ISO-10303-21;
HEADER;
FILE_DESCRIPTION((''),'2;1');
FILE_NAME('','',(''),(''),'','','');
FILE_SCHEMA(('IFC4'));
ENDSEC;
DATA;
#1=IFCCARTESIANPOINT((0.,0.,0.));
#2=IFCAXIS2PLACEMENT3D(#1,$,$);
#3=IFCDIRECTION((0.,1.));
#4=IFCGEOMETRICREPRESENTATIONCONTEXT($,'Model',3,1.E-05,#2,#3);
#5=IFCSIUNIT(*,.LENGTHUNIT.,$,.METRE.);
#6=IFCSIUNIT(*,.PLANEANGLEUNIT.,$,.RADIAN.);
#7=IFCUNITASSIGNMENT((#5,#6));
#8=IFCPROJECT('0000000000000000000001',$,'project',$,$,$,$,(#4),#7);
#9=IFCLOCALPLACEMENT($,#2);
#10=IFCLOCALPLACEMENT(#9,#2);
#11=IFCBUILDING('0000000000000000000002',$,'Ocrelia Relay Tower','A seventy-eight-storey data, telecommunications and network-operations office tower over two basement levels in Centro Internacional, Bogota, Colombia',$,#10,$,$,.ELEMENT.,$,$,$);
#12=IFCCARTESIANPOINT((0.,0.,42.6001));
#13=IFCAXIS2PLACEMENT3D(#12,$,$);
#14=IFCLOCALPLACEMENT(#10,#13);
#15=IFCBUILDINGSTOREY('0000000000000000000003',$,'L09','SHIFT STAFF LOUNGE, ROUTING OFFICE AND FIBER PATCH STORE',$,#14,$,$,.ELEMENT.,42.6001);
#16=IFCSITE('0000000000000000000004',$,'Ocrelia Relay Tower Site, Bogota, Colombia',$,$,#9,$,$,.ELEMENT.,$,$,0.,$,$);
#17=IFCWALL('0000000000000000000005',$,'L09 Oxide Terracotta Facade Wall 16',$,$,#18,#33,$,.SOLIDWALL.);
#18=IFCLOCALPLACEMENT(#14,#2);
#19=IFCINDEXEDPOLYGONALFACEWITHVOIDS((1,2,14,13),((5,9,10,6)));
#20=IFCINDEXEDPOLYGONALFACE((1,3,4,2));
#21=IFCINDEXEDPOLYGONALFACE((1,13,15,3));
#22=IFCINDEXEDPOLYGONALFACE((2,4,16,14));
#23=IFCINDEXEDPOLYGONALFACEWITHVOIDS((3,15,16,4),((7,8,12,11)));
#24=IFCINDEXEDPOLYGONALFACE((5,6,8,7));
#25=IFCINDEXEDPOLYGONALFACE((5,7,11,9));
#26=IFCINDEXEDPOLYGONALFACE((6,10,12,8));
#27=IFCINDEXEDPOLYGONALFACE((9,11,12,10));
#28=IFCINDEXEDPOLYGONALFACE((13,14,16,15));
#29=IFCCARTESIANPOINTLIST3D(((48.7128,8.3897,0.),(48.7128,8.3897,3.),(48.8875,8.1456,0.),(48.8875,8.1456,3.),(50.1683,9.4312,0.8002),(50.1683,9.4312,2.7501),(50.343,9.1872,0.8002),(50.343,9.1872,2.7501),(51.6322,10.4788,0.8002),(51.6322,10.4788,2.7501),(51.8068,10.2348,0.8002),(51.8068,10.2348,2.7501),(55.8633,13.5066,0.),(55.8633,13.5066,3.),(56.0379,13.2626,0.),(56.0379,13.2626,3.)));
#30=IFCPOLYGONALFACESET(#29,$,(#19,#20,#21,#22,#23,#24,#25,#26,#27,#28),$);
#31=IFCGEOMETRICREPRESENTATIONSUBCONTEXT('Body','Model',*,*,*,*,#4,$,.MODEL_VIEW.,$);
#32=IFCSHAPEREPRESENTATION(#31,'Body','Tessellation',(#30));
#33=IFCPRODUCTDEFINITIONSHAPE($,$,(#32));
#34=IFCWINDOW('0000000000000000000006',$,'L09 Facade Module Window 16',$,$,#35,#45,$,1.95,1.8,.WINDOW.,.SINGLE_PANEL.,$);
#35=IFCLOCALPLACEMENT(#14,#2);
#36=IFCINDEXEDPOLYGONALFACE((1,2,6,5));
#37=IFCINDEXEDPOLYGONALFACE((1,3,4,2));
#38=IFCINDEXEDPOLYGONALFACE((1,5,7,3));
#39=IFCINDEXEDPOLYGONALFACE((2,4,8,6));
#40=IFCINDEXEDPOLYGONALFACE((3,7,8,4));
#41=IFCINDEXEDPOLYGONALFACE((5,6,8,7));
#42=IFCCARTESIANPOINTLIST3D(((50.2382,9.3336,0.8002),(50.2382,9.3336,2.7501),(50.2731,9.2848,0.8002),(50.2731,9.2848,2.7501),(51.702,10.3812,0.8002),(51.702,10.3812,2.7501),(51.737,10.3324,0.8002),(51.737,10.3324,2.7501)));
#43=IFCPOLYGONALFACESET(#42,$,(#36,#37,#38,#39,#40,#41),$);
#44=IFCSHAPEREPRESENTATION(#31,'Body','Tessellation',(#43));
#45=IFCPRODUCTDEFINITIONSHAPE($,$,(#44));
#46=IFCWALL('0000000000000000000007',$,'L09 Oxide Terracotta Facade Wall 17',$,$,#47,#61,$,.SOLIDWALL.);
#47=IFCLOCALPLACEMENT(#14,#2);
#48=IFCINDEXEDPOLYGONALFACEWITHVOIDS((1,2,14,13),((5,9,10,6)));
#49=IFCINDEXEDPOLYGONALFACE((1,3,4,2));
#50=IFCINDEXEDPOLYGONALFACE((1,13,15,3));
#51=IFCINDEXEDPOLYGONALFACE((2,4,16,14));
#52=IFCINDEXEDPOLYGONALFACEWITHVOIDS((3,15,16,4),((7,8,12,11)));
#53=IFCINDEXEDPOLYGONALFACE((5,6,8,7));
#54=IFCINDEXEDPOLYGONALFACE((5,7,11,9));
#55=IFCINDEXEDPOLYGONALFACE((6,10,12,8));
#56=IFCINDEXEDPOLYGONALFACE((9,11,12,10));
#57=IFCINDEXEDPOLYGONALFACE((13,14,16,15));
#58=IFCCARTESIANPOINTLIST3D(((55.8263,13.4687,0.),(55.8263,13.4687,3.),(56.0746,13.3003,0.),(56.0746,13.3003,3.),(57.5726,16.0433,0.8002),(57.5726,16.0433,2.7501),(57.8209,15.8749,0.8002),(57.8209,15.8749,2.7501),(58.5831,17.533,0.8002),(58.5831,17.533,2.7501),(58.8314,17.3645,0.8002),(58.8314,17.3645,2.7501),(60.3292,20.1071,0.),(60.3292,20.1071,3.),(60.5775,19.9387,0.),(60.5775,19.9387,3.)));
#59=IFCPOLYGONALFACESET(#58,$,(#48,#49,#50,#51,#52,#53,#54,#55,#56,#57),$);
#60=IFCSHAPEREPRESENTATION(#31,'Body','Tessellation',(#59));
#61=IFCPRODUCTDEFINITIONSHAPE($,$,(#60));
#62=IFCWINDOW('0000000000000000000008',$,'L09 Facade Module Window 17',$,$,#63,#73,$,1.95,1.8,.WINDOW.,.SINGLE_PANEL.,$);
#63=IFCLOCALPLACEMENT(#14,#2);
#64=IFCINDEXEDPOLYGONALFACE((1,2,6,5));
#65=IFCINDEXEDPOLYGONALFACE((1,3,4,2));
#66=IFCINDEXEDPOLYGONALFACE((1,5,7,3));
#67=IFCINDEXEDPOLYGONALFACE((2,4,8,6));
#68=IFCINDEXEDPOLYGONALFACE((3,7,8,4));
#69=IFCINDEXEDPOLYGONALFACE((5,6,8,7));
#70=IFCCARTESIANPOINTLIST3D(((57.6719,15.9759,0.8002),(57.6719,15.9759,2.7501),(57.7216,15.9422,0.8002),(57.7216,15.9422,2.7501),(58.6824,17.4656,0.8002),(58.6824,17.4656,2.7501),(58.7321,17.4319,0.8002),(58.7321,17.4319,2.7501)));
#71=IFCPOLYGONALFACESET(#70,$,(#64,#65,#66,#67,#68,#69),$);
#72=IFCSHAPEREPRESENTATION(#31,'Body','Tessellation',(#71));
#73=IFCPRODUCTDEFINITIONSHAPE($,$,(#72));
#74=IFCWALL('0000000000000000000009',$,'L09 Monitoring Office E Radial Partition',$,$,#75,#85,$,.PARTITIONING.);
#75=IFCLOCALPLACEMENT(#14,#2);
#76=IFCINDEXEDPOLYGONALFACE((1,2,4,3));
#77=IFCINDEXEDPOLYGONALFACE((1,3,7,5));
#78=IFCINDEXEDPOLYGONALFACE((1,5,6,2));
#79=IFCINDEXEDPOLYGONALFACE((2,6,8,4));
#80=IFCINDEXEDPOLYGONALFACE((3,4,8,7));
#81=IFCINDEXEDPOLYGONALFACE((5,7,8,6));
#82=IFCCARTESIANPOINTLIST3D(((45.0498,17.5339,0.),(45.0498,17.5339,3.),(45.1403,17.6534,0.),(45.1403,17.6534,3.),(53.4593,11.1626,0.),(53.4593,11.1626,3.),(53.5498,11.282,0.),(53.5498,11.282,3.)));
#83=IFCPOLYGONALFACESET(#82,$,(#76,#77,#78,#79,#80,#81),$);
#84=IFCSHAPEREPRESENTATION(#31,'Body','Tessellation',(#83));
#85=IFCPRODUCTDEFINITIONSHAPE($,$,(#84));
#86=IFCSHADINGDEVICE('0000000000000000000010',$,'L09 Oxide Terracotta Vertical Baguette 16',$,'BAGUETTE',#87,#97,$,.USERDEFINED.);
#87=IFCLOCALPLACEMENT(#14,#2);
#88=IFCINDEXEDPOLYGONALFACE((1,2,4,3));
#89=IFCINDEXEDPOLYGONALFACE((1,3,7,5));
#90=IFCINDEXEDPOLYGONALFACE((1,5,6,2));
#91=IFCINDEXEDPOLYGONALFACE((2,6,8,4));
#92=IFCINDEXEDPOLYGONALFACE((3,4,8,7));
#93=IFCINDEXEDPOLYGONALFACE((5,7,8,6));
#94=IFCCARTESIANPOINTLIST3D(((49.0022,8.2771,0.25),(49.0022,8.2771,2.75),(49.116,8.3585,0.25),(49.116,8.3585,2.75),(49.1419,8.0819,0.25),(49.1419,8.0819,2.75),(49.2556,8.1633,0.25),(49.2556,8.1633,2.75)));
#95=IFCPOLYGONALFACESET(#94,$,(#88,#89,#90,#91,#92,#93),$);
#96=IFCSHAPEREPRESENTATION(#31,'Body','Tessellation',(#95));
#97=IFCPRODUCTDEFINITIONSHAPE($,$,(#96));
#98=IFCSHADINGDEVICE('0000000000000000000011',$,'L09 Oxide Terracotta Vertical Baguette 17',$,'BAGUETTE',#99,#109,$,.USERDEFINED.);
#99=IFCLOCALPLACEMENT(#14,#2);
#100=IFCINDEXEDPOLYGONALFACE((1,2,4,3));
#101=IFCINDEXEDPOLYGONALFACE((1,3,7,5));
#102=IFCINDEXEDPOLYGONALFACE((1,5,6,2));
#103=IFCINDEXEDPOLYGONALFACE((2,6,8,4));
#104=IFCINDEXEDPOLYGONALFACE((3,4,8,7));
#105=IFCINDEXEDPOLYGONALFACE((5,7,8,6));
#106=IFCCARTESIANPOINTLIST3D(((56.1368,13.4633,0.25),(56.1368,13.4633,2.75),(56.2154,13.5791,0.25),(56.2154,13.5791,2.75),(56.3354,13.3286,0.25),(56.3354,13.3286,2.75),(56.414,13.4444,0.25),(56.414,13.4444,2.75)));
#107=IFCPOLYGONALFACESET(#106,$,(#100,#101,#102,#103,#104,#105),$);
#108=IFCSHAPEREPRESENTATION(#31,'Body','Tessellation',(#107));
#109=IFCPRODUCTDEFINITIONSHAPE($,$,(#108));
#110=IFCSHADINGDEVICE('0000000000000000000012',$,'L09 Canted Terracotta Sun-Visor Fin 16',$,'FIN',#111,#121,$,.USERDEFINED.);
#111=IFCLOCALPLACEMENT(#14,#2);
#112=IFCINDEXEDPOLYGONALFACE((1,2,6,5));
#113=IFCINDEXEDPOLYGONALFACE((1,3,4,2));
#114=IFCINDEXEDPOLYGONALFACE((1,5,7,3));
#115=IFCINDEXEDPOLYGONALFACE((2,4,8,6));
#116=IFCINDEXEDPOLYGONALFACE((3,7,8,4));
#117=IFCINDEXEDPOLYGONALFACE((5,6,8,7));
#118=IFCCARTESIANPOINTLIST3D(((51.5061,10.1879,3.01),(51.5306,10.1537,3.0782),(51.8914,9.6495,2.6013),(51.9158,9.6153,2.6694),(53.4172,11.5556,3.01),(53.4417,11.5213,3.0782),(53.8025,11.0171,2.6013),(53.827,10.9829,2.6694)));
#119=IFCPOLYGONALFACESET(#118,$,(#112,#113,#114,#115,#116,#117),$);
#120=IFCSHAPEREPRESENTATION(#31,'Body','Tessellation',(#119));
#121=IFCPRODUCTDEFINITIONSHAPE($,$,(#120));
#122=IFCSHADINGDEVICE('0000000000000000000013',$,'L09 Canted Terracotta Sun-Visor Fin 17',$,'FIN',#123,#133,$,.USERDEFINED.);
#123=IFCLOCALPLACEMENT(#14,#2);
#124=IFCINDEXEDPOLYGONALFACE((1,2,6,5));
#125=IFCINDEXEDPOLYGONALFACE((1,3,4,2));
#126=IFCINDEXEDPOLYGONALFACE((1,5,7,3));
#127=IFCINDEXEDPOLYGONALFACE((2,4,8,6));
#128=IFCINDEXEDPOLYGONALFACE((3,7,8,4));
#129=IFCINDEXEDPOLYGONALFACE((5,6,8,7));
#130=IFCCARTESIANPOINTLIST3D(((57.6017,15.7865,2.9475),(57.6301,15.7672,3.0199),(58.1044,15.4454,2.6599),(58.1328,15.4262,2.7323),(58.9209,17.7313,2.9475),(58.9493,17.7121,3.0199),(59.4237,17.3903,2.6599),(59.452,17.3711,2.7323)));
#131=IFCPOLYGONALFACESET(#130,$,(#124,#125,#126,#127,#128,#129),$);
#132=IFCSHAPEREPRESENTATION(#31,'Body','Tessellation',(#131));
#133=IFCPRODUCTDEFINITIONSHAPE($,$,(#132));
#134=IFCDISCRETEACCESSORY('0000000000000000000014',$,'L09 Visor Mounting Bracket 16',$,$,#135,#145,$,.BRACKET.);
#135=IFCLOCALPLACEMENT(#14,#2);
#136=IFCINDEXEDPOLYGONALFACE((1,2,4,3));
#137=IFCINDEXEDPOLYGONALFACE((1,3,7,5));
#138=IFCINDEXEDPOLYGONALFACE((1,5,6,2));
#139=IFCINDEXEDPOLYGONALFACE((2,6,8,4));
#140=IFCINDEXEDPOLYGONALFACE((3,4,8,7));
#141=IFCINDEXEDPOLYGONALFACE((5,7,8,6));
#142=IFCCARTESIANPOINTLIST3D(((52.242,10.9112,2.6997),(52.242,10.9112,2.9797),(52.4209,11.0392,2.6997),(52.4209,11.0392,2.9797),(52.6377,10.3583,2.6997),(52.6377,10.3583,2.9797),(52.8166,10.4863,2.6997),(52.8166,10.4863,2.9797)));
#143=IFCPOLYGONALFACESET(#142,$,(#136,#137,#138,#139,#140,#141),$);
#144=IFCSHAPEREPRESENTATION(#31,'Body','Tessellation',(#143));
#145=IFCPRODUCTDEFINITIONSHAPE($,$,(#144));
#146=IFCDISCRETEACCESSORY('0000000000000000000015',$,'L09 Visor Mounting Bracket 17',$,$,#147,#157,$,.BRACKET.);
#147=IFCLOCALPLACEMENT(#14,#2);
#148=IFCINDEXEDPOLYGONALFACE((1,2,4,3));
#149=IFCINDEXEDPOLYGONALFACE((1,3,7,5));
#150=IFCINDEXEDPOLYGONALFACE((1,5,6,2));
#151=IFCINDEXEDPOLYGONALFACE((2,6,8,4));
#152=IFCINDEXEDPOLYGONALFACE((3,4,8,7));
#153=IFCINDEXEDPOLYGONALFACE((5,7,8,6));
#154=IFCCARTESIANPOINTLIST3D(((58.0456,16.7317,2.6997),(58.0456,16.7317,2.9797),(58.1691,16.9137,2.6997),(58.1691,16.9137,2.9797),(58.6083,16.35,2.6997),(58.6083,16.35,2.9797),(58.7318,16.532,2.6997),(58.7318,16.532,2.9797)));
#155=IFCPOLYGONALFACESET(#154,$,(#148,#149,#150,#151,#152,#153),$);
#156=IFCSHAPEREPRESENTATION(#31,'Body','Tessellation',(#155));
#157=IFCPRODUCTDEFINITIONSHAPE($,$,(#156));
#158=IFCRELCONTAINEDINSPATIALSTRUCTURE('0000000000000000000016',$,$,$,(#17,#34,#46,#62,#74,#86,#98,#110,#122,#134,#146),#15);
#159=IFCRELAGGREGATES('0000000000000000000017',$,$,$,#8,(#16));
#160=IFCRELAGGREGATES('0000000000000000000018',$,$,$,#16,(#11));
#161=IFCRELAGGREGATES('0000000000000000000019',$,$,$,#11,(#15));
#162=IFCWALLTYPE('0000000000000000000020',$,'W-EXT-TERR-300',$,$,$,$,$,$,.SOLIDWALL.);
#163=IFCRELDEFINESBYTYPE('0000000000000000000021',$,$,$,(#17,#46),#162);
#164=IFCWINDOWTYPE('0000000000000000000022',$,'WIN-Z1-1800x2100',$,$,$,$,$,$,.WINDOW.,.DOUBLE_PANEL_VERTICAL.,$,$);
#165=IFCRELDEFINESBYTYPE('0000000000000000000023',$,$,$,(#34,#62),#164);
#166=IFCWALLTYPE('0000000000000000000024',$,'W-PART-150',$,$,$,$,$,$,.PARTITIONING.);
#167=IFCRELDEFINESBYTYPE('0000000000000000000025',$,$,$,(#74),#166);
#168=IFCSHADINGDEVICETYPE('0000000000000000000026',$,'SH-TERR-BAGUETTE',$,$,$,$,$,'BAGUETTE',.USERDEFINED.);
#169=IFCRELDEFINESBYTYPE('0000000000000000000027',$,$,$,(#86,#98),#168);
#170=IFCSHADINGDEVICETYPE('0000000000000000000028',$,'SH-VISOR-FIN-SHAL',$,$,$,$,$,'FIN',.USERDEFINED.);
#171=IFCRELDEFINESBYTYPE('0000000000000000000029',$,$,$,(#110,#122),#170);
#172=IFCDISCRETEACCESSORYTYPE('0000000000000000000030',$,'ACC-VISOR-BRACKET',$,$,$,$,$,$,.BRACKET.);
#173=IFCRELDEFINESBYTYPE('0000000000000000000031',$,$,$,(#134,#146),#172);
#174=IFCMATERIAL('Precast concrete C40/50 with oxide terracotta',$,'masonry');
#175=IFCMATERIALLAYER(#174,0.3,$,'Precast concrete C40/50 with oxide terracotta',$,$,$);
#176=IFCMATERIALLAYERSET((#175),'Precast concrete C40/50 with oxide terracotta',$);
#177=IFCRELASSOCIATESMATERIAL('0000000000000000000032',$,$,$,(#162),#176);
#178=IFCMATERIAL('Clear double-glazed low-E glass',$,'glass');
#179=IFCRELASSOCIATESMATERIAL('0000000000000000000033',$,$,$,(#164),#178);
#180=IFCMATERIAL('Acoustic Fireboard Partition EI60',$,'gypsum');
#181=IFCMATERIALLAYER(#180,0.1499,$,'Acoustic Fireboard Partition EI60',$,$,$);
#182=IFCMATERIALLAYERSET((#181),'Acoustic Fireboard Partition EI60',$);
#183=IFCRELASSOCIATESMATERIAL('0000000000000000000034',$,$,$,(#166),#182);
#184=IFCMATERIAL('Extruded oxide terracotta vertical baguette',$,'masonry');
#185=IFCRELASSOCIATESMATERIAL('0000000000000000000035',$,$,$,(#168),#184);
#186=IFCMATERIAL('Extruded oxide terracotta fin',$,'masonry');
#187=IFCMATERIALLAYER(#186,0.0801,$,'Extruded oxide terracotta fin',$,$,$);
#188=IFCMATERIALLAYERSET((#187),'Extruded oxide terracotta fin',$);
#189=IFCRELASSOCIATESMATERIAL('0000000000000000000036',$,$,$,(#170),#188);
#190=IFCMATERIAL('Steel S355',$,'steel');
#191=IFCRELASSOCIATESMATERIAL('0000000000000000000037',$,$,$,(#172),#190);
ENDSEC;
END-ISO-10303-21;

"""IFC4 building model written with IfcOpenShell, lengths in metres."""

from ifc_helpers import new_model, si_unit, direction, frame, frame_2d, origin, origin_2d, place, context, subcontext, project, spatial, rectangle, extrude, material, layer, layer_set, type_object, element, fill, save


model = new_model("IFC4")

# Units and contexts
model_context = context("Model", 3, precision=1e-05, world=origin(), true_north=direction((0.0, 1.0)))
body_context = subcontext(model_context, "Body", "Model", "MODEL_VIEW")
ifc_project = project(units=[si_unit("LENGTHUNIT", "METRE"), si_unit("PLANEANGLEUNIT", "RADIAN")], contexts=[model_context])

# Site, building, storey
site_placement = place(None, origin())
site = spatial("IfcSite", under=ifc_project, at=site_placement, Name="Ocrelia Relay Tower Site, Bogota, Colombia", CompositionType="ELEMENT", RefElevation=0.0)
building_placement = place(site_placement, origin())
building = spatial("IfcBuilding", under=site, at=building_placement, Name="Ocrelia Relay Tower", Description="A seventy-eight-storey data, telecommunications and network-operations office tower over two basement levels in Centro Internacional, Bogota, Colombia", CompositionType="ELEMENT")
storey_placement = place(building_placement, frame((0.0, 0.0, 42.6001)))
storey = spatial("IfcBuildingStorey", under=building, at=storey_placement, Name="L09", Description="SHIFT STAFF LOUNGE, ROUTING OFFICE AND FIBER PATCH STORE", CompositionType="ELEMENT", Elevation=42.6001)

# Shared definitions
ifc_material_1 = material(Name="Steel S355", Category="steel")

# Walls, openings, windows
ifc_material_2 = material(Name="Precast concrete C40/50 with oxide terracotta", Category="masonry")
ifc_layer_1 = layer(ifc_material_2, 0.3, Name="Precast concrete C40/50 with oxide terracotta")
ifc_layer_set_1 = layer_set([ifc_layer_1], Name="Precast concrete C40/50 with oxide terracotta")
wall_type_1 = type_object("IfcWallType", Name="W-EXT-TERR-300", PredefinedType="SOLIDWALL", material=ifc_layer_set_1)
wall_1_placement = place(storey_placement, frame((48.8, 8.2676, 0.0), z_axis=(0.0, 0.0, 1.0), x_axis=(0.813221, 0.581955, 0.0)))
wall_1 = element("IfcWall", 1, at=wall_1_placement, inside=storey, type_object=wall_type_1, Name="L09 Oxide Terracotta Facade Wall 16", PredefinedType="SOLIDWALL", context=body_context, shape_type="SweptSolid", body=[
    extrude(rectangle(XDim=8.7927, YDim=0.3, at=frame_2d((4.3965, 0.0))), origin(), (0.0, 0.0, 1.0), 3.0),
])
opening_1_placement = place(wall_1_placement, frame((1.79, 0.0, 0.8)))
opening_1 = element("IfcOpeningElement", 2, at=opening_1_placement, cuts=wall_1, PredefinedType="OPENING", context=body_context, shape_type="SweptSolid", body=[
    extrude(rectangle(XDim=1.8, YDim=1.95, at=frame_2d((0.8999, 0.9751))), frame((0.0, 0.1602, 0.0), z_axis=(0.0, -1.0, 0.0), x_axis=(1.0, 0.0, 0.0)), (0.0, 0.0, 1.0), 0.3201),
])
ifc_material_3 = material(Name="Clear double-glazed low-E glass", Category="glass")
window_type = type_object("IfcWindowType", Name="WIN-Z1-1800x2100", PartitioningType="DOUBLE_PANEL_VERTICAL", PredefinedType="WINDOW", material=ifc_material_3)
window_1_placement = place(opening_1_placement, origin())
window_1 = element("IfcWindow", 3, at=window_1_placement, inside=storey, type_object=window_type, Name="L09 Facade Module Window 16", OverallHeight=1.95, OverallWidth=1.8, PartitioningType="SINGLE_PANEL", PredefinedType="WINDOW", context=body_context, shape_type="SweptSolid", body=[
    extrude(rectangle(XDim=1.8, YDim=1.95, at=frame_2d((0.8999, 0.9751))), frame((0.0, 0.03, 0.0), z_axis=(0.0, -1.0, 0.0), x_axis=(1.0, 0.0, 0.0)), (0.0, 0.0, 1.0), 0.0601),
])
fill(opening_1, window_1)
wall_2_placement = place(storey_placement, frame((55.9504, 13.3845, 0.0), z_axis=(0.0, 0.0, 1.0), x_axis=(0.561355, 0.827575, 0.0)))
wall_2 = element("IfcWall", 4, at=wall_2_placement, inside=storey, type_object=wall_type_1, Name="L09 Oxide Terracotta Facade Wall 17", PredefinedType="SOLIDWALL", context=body_context, shape_type="SweptSolid", body=[
    extrude(rectangle(XDim=8.0215, YDim=0.3, at=frame_2d((4.0107, 0.0))), origin(), (0.0, 0.0, 1.0), 3.0),
])
opening_2_placement = place(wall_2_placement, frame((3.1111, 0.0, 0.8)))
opening_2 = element("IfcOpeningElement", 5, at=opening_2_placement, cuts=wall_2, PredefinedType="OPENING", context=body_context, shape_type="SweptSolid", body=[
    extrude(rectangle(XDim=1.8, YDim=1.95, at=frame_2d((0.8999, 0.9751))), frame((0.0, 0.1602, 0.0), z_axis=(0.0, -1.0, 0.0), x_axis=(1.0, 0.0, 0.0)), (0.0, 0.0, 1.0), 0.3201),
])
window_2_placement = place(opening_2_placement, origin())
window_2 = element("IfcWindow", 6, at=window_2_placement, inside=storey, type_object=window_type, Name="L09 Facade Module Window 17", OverallHeight=1.95, OverallWidth=1.8, PartitioningType="SINGLE_PANEL", PredefinedType="WINDOW", context=body_context, shape_type="SweptSolid", body=[
    extrude(rectangle(XDim=1.8, YDim=1.95, at=frame_2d((0.8999, 0.9751))), frame((0.0, 0.03, 0.0), z_axis=(0.0, -1.0, 0.0), x_axis=(1.0, 0.0, 0.0)), (0.0, 0.0, 1.0), 0.0601),
])
fill(opening_2, window_2)

# Wall
ifc_material_4 = material(Name="Acoustic Fireboard Partition EI60", Category="gypsum")
ifc_layer_2 = layer(ifc_material_4, 0.1499, Name="Acoustic Fireboard Partition EI60")
ifc_layer_set_2 = layer_set([ifc_layer_2], Name="Acoustic Fireboard Partition EI60")
wall_type_2 = type_object("IfcWallType", Name="W-PART-150", PredefinedType="PARTITIONING", material=ifc_layer_set_2)
wall_3_placement = place(storey_placement, frame((45.095, 17.5938, 0.0), z_axis=(0.0, 0.0, 1.0), x_axis=(0.797066, -0.603892, 0.0)))
element("IfcWall", 7, at=wall_3_placement, inside=storey, type_object=wall_type_2, Name="L09 Monitoring Office E Radial Partition", PredefinedType="PARTITIONING", context=body_context, shape_type="SweptSolid", body=[
    extrude(rectangle(XDim=10.5505, YDim=0.1499, at=frame_2d((5.2754, 0.0))), origin(), (0.0, 0.0, 1.0), 3.0),
])

# Shading devices
ifc_material_5 = material(Name="Extruded oxide terracotta vertical baguette", Category="masonry")
shading_device_type_1 = type_object("IfcShadingDeviceType", Name="SH-TERR-BAGUETTE", ElementType="BAGUETTE", PredefinedType="USERDEFINED", material=ifc_material_5)
for number, where, z_axis, x_axis, name in (
    (8, (49.1289, 8.2202, 0.25), (0.0, 0.0, 1.0), (0.813229, 0.581944, 0.0), "L09 Oxide Terracotta Vertical Baguette 16"),
    (9, (56.2754, 13.4539, 0.25), (0.0, 0.0, 1.0), (0.561357, 0.827574, 0.0), "L09 Oxide Terracotta Vertical Baguette 17"),
):
    element("IfcShadingDevice", number, at=place(storey_placement, frame(where, z_axis=z_axis, x_axis=x_axis)), inside=storey, type_object=shading_device_type_1, Name=name, ObjectType="BAGUETTE", PredefinedType="USERDEFINED", context=body_context, shape_type="SweptSolid", body=[
        extrude(rectangle(XDim=0.1399, YDim=0.24, at=origin_2d()), origin(), (0.0, 0.0, 1.0), 2.5),
    ])
ifc_material_6 = material(Name="Extruded oxide terracotta fin", Category="masonry")
ifc_layer_3 = layer(ifc_material_6, 0.0801, Name="Extruded oxide terracotta fin")
ifc_layer_set_3 = layer_set([ifc_layer_3], Name="Extruded oxide terracotta fin")
shading_device_type_2 = type_object("IfcShadingDeviceType", Name="SH-VISOR-FIN-SHAL", ElementType="FIN", PredefinedType="USERDEFINED", material=ifc_layer_set_3)
shading_device_1_placement = place(storey_placement, frame((52.6543, 10.6025, 2.8057), z_axis=(0.305709, -0.427208, 0.850903), x_axis=(0.813229, 0.581944, 0.0)))
element("IfcShadingDevice", 10, at=shading_device_1_placement, inside=storey, type_object=shading_device_type_2, Name="L09 Canted Terracotta Sun-Visor Fin 16", ObjectType="FIN", PredefinedType="USERDEFINED", context=body_context, shape_type="SweptSolid", body=[
    extrude(rectangle(XDim=2.3501, YDim=0.7781, at=origin_2d()), origin(), (0.0, 0.0, 1.0), 0.0801),
])
shading_device_2_placement = place(storey_placement, frame((58.5127, 16.5884, 2.8037), z_axis=(0.354062, -0.240166, 0.903859), x_axis=(0.561357, 0.827574, 0.0)))
element("IfcShadingDevice", 11, at=shading_device_2_placement, inside=storey, type_object=shading_device_type_2, Name="L09 Canted Terracotta Sun-Visor Fin 17", ObjectType="FIN", PredefinedType="USERDEFINED", context=body_context, shape_type="SweptSolid", body=[
    extrude(rectangle(XDim=2.3501, YDim=0.6721, at=origin_2d()), origin(), (0.0, 0.0, 1.0), 0.0801),
])

# Discrete accessories
discrete_accessory_type = type_object("IfcDiscreteAccessoryType", Name="ACC-VISOR-BRACKET", PredefinedType="BRACKET", material=ifc_material_1)
for number, where, z_axis, x_axis, name in (
    (12, (52.5293, 10.6987, 2.6997), (0.0, 0.0, 1.0), (0.813229, 0.581944, 0.0), "L09 Visor Mounting Bracket 16"),
    (13, (58.3887, 16.6318, 2.6997), (0.0, 0.0, 1.0), (0.561357, 0.827574, 0.0), "L09 Visor Mounting Bracket 17"),
):
    element("IfcDiscreteAccessory", number, at=place(storey_placement, frame(where, z_axis=z_axis, x_axis=x_axis)), inside=storey, type_object=discrete_accessory_type, Name=name, PredefinedType="BRACKET", context=body_context, shape_type="SweptSolid", body=[
        extrude(rectangle(XDim=0.22, YDim=0.6799, at=origin_2d()), origin(), (0.0, 0.0, 1.0), 0.28),
    ])

save(model, "model.ifc")
